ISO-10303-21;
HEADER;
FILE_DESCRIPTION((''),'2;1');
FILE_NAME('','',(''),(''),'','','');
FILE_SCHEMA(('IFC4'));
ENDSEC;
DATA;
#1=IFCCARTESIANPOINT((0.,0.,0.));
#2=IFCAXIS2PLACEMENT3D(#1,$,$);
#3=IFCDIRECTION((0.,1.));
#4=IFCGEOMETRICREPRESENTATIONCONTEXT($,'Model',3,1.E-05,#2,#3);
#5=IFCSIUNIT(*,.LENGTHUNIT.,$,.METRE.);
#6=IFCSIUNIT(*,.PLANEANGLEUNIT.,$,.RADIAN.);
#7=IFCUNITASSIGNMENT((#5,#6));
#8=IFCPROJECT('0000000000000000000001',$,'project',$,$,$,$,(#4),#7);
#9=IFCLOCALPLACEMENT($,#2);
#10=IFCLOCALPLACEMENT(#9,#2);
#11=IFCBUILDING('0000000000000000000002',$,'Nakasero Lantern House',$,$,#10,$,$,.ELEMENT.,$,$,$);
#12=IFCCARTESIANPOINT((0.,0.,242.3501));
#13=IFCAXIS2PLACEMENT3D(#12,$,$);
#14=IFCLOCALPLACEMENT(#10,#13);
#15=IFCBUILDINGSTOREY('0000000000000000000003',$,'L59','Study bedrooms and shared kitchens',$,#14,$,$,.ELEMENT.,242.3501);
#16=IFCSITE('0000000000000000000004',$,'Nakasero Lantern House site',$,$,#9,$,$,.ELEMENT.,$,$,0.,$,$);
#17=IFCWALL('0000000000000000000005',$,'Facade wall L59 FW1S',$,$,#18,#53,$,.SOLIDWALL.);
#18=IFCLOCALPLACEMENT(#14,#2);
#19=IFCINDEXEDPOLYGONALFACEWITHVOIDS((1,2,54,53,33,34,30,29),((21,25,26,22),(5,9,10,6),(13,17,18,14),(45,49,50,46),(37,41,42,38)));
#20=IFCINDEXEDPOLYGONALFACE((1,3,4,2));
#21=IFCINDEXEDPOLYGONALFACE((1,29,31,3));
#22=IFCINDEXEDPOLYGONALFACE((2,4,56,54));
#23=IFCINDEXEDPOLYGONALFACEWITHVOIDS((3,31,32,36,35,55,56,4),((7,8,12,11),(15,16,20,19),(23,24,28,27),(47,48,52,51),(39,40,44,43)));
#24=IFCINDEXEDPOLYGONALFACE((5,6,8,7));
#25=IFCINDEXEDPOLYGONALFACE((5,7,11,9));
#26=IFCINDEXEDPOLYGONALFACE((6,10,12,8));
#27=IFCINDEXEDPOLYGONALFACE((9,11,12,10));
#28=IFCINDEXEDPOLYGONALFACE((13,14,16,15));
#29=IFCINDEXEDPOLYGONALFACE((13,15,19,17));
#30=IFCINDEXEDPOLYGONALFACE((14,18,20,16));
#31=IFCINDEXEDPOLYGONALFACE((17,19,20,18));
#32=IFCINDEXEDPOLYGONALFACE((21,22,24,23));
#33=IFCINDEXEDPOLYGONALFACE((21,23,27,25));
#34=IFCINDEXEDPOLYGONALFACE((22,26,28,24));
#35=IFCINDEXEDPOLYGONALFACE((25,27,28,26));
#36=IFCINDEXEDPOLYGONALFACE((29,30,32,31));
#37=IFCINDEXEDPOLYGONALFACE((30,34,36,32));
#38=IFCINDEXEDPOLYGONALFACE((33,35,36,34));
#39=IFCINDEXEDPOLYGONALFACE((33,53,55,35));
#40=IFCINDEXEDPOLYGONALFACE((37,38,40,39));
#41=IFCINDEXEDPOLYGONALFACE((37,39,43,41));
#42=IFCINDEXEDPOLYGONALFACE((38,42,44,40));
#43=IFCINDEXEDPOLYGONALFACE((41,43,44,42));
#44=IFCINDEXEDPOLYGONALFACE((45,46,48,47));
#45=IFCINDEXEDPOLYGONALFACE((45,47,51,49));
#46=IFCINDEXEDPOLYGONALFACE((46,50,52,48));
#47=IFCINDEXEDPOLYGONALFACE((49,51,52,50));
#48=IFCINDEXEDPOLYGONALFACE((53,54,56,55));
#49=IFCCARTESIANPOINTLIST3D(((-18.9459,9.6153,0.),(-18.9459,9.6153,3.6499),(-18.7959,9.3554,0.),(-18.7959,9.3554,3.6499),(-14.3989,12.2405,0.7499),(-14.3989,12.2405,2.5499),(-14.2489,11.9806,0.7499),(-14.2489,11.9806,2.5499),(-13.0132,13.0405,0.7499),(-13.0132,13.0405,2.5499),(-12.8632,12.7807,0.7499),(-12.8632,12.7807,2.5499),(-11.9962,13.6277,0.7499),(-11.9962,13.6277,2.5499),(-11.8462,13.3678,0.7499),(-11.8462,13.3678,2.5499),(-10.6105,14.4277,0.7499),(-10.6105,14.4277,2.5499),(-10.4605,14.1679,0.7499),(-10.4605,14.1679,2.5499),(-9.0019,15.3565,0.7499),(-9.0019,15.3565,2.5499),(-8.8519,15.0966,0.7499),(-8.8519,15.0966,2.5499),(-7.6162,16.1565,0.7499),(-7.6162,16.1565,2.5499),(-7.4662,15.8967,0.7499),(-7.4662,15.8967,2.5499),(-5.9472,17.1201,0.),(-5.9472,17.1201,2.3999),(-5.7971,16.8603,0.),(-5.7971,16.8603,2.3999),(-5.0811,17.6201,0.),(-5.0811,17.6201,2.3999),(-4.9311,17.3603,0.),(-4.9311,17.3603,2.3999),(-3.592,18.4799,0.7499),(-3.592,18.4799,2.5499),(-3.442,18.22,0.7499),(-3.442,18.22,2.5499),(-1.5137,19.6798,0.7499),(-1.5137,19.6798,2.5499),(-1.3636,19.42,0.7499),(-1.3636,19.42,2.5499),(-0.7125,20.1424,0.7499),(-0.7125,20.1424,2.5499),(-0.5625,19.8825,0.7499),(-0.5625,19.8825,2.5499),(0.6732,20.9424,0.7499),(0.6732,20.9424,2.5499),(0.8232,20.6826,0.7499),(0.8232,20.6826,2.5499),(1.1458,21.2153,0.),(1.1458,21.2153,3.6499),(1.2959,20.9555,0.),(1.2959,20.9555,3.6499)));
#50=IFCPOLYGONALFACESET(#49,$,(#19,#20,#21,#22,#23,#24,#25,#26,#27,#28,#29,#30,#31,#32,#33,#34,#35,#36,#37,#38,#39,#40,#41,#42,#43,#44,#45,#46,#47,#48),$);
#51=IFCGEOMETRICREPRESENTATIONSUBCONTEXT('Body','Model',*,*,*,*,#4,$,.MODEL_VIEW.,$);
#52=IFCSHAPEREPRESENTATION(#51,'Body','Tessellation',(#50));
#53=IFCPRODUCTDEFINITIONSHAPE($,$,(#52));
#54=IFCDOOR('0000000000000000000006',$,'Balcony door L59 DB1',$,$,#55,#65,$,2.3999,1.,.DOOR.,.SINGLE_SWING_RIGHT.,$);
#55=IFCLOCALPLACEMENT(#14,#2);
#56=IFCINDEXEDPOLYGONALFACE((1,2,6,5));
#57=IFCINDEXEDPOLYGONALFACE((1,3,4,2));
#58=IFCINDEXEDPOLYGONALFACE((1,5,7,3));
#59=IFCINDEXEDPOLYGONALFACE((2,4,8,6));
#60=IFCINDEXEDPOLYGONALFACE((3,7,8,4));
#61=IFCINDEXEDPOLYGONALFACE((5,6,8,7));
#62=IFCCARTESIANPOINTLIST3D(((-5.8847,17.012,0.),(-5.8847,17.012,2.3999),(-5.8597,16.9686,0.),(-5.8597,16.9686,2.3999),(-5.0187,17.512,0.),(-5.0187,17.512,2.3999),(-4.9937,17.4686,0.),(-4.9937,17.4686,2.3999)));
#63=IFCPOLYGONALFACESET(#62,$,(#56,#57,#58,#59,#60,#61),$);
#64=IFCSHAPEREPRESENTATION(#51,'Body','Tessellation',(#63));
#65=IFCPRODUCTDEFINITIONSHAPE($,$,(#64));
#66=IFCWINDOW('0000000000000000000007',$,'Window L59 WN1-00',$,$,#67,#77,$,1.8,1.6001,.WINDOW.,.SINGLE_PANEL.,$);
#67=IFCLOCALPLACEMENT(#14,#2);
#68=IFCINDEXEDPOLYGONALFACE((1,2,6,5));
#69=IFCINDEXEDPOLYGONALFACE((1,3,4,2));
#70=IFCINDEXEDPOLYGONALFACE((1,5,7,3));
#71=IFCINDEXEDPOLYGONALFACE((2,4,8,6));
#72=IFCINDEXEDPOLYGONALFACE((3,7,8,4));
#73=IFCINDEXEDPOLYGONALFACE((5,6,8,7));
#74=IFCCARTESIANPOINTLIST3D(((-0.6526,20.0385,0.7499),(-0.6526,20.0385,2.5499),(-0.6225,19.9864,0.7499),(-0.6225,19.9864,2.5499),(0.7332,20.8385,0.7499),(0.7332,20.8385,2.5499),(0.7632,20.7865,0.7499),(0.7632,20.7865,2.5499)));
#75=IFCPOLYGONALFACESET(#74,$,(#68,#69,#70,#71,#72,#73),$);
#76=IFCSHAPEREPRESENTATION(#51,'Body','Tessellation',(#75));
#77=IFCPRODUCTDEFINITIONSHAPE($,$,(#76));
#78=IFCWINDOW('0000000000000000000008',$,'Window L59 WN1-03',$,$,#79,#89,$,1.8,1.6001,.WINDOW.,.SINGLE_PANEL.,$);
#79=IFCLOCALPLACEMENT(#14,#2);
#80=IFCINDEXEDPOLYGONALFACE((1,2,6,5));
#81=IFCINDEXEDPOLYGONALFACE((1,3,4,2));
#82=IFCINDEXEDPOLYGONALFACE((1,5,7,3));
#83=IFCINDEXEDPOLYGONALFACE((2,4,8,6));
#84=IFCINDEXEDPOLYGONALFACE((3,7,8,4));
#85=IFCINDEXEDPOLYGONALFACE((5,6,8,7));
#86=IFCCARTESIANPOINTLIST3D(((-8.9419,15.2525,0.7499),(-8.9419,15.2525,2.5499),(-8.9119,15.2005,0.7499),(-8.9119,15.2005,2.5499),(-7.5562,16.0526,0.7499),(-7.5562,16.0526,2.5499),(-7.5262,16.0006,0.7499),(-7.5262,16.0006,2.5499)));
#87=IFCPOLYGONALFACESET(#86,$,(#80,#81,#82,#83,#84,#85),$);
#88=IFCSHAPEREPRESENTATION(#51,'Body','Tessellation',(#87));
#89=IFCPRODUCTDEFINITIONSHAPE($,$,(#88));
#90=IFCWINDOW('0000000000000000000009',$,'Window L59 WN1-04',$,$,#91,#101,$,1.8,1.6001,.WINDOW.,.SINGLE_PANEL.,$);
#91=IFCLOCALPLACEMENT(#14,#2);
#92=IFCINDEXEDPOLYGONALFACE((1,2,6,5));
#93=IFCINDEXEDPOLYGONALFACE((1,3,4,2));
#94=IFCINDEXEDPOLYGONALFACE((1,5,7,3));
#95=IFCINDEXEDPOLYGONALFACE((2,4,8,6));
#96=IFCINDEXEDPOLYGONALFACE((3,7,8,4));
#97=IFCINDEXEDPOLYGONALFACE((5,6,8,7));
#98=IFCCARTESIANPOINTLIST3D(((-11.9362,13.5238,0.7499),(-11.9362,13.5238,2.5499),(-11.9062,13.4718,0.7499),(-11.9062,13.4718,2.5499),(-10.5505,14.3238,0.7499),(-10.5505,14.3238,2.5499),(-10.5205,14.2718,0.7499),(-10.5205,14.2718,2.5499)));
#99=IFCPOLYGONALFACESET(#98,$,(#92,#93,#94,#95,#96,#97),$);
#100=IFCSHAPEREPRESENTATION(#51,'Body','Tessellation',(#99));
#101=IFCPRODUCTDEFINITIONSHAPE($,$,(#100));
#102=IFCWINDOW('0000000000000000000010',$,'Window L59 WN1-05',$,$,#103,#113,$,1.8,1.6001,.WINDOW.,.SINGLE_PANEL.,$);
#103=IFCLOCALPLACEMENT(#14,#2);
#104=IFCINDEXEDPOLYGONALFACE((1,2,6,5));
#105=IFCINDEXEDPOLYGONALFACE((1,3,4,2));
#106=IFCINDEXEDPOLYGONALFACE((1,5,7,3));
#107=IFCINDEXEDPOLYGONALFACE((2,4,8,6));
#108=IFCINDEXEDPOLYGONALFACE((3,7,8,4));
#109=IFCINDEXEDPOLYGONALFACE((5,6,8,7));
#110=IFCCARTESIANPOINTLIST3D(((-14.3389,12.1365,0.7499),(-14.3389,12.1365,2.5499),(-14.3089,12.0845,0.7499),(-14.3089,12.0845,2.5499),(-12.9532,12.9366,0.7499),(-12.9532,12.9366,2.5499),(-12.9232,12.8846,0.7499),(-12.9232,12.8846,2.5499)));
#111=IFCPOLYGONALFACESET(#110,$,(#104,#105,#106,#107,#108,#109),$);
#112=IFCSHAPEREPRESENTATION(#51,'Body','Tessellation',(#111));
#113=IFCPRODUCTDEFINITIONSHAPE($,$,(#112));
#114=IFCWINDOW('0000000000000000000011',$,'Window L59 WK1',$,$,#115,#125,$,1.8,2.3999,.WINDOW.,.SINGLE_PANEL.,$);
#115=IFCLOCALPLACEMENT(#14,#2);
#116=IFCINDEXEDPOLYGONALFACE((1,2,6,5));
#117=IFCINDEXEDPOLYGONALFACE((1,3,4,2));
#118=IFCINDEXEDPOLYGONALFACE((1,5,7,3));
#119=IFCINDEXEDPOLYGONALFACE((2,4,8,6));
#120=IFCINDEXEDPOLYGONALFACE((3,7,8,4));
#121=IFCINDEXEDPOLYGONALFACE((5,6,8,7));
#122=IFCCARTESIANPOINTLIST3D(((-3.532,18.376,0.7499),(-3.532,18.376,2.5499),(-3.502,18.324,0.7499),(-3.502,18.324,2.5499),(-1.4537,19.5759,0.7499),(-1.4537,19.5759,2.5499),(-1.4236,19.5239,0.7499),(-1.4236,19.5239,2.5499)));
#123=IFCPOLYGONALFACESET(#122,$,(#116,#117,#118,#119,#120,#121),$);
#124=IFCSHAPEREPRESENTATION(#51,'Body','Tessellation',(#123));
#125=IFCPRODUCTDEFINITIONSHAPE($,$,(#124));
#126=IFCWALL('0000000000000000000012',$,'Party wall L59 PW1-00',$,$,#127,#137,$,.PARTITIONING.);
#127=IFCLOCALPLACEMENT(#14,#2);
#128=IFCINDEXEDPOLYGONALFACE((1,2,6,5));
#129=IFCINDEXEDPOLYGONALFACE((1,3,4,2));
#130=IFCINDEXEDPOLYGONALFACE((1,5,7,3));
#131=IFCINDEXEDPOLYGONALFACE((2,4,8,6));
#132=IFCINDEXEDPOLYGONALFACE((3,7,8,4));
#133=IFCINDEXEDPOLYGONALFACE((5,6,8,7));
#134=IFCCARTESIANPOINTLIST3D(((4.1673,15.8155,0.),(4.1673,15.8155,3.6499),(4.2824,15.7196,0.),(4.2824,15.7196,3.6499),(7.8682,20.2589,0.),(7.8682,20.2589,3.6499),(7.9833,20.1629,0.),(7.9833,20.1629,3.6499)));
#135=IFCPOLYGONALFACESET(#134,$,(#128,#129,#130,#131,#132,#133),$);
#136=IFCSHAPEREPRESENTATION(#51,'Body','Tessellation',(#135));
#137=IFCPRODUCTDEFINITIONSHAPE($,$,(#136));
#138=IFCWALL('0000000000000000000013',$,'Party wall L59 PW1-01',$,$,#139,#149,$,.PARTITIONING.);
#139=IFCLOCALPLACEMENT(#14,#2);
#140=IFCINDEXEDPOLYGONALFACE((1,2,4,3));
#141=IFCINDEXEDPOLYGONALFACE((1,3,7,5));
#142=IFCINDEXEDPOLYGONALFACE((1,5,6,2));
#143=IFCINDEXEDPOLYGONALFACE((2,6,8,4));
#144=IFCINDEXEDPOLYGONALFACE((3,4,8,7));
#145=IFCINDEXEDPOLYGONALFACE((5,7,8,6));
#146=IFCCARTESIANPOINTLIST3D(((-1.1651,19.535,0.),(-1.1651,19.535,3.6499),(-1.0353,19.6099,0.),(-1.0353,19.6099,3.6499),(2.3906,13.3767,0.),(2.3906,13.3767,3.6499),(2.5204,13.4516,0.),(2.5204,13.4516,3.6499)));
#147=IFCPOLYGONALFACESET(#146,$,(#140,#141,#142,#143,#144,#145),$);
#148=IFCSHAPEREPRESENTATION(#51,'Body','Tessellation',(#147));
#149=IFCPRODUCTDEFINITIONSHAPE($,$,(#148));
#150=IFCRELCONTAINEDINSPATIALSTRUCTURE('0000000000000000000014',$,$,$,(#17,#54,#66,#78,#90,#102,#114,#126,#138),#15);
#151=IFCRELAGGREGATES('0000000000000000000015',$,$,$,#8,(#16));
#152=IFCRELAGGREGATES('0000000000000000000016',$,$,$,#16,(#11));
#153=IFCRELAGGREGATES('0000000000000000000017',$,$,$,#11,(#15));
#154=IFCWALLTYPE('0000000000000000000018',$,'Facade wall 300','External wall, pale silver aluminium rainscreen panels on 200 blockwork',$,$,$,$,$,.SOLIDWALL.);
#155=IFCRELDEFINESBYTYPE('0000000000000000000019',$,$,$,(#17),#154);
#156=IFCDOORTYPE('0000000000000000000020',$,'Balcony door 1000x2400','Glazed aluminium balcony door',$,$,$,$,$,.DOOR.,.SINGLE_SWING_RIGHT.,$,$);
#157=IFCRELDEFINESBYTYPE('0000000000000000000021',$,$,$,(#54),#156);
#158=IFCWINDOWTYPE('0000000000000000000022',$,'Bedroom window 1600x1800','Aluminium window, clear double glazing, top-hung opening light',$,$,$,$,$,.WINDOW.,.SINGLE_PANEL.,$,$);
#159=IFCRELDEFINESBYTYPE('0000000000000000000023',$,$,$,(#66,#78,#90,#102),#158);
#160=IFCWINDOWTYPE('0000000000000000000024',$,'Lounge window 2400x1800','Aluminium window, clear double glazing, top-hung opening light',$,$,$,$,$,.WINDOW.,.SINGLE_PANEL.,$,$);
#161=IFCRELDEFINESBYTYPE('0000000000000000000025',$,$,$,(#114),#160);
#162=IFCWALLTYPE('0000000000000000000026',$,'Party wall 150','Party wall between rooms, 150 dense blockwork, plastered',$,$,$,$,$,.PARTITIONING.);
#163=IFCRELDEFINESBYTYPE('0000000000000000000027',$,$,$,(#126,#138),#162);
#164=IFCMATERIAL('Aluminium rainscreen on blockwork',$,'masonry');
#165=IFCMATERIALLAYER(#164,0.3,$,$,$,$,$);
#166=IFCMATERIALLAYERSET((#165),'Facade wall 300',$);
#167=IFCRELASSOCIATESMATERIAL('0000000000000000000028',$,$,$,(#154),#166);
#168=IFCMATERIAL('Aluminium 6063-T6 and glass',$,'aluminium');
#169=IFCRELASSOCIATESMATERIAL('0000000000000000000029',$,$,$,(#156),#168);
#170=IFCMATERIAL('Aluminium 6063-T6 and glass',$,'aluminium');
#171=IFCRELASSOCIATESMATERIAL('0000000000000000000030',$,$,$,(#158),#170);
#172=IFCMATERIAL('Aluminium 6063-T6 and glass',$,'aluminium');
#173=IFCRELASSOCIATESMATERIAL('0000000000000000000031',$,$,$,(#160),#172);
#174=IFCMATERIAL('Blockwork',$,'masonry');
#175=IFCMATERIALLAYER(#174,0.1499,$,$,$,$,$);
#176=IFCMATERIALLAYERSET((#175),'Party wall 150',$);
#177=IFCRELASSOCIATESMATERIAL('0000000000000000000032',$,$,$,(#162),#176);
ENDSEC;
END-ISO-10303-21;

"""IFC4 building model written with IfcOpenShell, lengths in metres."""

from ifc_helpers import new_model, si_unit, direction, frame, frame_2d, origin, place, context, subcontext, project, spatial, rectangle, extrude, material, layer, layer_set, type_object, element, fill, save


model = new_model("IFC4")

# Units and contexts
model_context = context("Model", 3, precision=1e-05, world=origin(), true_north=direction((0.0, 1.0)))
body_context = subcontext(model_context, "Body", "Model", "MODEL_VIEW")
ifc_project = project(units=[si_unit("LENGTHUNIT", "METRE"), si_unit("PLANEANGLEUNIT", "RADIAN")], contexts=[model_context])

# Site, building, storey
site_placement = place(None, origin())
site = spatial("IfcSite", under=ifc_project, at=site_placement, Name="Nakasero Lantern House site", CompositionType="ELEMENT", RefElevation=0.0)
building_placement = place(site_placement, origin())
building = spatial("IfcBuilding", under=site, at=building_placement, Name="Nakasero Lantern House", CompositionType="ELEMENT")
storey_placement = place(building_placement, frame((0.0, 0.0, 242.3501)))
storey = spatial("IfcBuildingStorey", under=building, at=storey_placement, Name="L59", Description="Study bedrooms and shared kitchens", CompositionType="ELEMENT", Elevation=242.3501)

# Shared definitions
ifc_material_1 = material(Name="Aluminium rainscreen on blockwork", Category="masonry")
ifc_layer_1 = layer(ifc_material_1, 0.3)
ifc_layer_set_1 = layer_set([ifc_layer_1], Name="Facade wall 300")
wall_type_1 = type_object("IfcWallType", Name="Facade wall 300", Description="External wall, pale silver aluminium rainscreen panels on 200 blockwork", PredefinedType="SOLIDWALL", material=ifc_layer_set_1)

# Wall, openings, door, windows
wall_1_placement = place(storey_placement, frame((1.2209, 21.0854, 0.0), z_axis=(0.0, 0.0, 1.0), x_axis=(-0.866024, -0.500003, 0.0)))
wall_1 = element("IfcWall", 1, at=wall_1_placement, inside=storey, type_object=wall_type_1, Name="Facade wall L59 FW1S", PredefinedType="SOLIDWALL", context=body_context, shape_type="SweptSolid", body=[
    extrude(rectangle(XDim=23.2, YDim=0.3, at=frame_2d((11.6001, 0.0))), origin(), (0.0, 0.0, 1.0), 3.6499),
])
opening_1_placement = place(wall_1_placement, frame((0.5459, 0.0, 0.75)))
opening_1 = element("IfcOpeningElement", 2, at=opening_1_placement, cuts=wall_1, PredefinedType="OPENING", context=body_context, shape_type="SweptSolid", body=[
    extrude(rectangle(XDim=1.6001, YDim=1.8, at=frame_2d((0.8, 0.8999))), frame((0.0, 0.1699, 0.0), z_axis=(0.0, -1.0, 0.0), x_axis=(1.0, 0.0, 0.0)), (0.0, 0.0, 1.0), 0.3401),
])
opening_2_placement = place(wall_1_placement, frame((10.1177, 0.0, 0.75)))
opening_2 = element("IfcOpeningElement", 3, at=opening_2_placement, cuts=wall_1, PredefinedType="OPENING", context=body_context, shape_type="SweptSolid", body=[
    extrude(rectangle(XDim=1.6001, YDim=1.8, at=frame_2d((0.8, 0.8999))), frame((0.0, 0.1699, 0.0), z_axis=(0.0, -1.0, 0.0), x_axis=(1.0, 0.0, 0.0)), (0.0, 0.0, 1.0), 0.3401),
])
opening_3_placement = place(wall_1_placement, frame((13.5752, 0.0, 0.75)))
opening_3 = element("IfcOpeningElement", 4, at=opening_3_placement, cuts=wall_1, PredefinedType="OPENING", context=body_context, shape_type="SweptSolid", body=[
    extrude(rectangle(XDim=1.6001, YDim=1.8, at=frame_2d((0.8, 0.8999))), frame((0.0, 0.1699, 0.0), z_axis=(0.0, -1.0, 0.0), x_axis=(1.0, 0.0, 0.0)), (0.0, 0.0, 1.0), 0.3401),
])
opening_4_placement = place(wall_1_placement, frame((16.3496, 0.0, 0.75)))
opening_4 = element("IfcOpeningElement", 5, at=opening_4_placement, cuts=wall_1, PredefinedType="OPENING", context=body_context, shape_type="SweptSolid", body=[
    extrude(rectangle(XDim=1.6001, YDim=1.8, at=frame_2d((0.8, 0.8999))), frame((0.0, 0.1699, 0.0), z_axis=(0.0, -1.0, 0.0), x_axis=(1.0, 0.0, 0.0)), (0.0, 0.0, 1.0), 0.3401),
])
opening_5_placement = place(wall_1_placement, frame((3.071, 0.0, 0.75)))
opening_5 = element("IfcOpeningElement", 6, at=opening_5_placement, cuts=wall_1, PredefinedType="OPENING", context=body_context, shape_type="SweptSolid", body=[
    extrude(rectangle(XDim=2.3999, YDim=1.8, at=frame_2d((1.2, 0.8999))), frame((0.0, 0.1699, 0.0), z_axis=(0.0, -1.0, 0.0), x_axis=(1.0, 0.0, 0.0)), (0.0, 0.0, 1.0), 0.3401),
])
opening_6_placement = place(wall_1_placement, frame((7.1904, 0.0, 0.0)))
opening_6 = element("IfcOpeningElement", 7, at=opening_6_placement, cuts=wall_1, PredefinedType="OPENING", context=body_context, shape_type="SweptSolid", body=[
    extrude(rectangle(XDim=1.0, YDim=2.3999, at=frame_2d((0.5, 1.2))), frame((0.0, 0.1699, 0.0), z_axis=(0.0, -1.0, 0.0), x_axis=(1.0, 0.0, 0.0)), (0.0, 0.0, 1.0), 0.3401),
])
ifc_material_2 = material(Name="Aluminium 6063-T6 and glass", Category="aluminium")
door_type_1 = type_object("IfcDoorType", Name="Balcony door 1000x2400", Description="Glazed aluminium balcony door", OperationType="SINGLE_SWING_RIGHT", PredefinedType="DOOR", material=ifc_material_2)
door_1_placement = place(opening_6_placement, origin())
door_1 = element("IfcDoor", 8, at=door_1_placement, inside=storey, type_object=door_type_1, Name="Balcony door L59 DB1", OperationType="SINGLE_SWING_RIGHT", OverallHeight=2.3999, OverallWidth=1.0, PredefinedType="DOOR", context=body_context, shape_type="SweptSolid", body=[
    extrude(rectangle(XDim=1.0, YDim=2.3999, at=frame_2d((0.5, 1.2))), frame((0.0, 0.0249, 0.0), z_axis=(0.0, -1.0, 0.0), x_axis=(1.0, 0.0, 0.0)), (0.0, 0.0, 1.0), 0.05),
])
fill(opening_6, door_1)
ifc_material_3 = material(Name="Aluminium 6063-T6 and glass", Category="aluminium")
window_type_1 = type_object("IfcWindowType", Name="Bedroom window 1600x1800", Description="Aluminium window, clear double glazing, top-hung opening light", PartitioningType="SINGLE_PANEL", PredefinedType="WINDOW", material=ifc_material_3)
window_1_placement = place(opening_1_placement, origin())
window_1 = element("IfcWindow", 9, at=window_1_placement, inside=storey, type_object=window_type_1, Name="Window L59 WN1-00", OverallHeight=1.8, OverallWidth=1.6001, PartitioningType="SINGLE_PANEL", PredefinedType="WINDOW", context=body_context, shape_type="SweptSolid", body=[
    extrude(rectangle(XDim=1.6001, YDim=1.8, at=frame_2d((0.8, 0.8999))), frame((0.0, 0.03, 0.0), z_axis=(0.0, -1.0, 0.0), x_axis=(1.0, 0.0, 0.0)), (0.0, 0.0, 1.0), 0.0601),
])
fill(opening_1, window_1)
window_2_placement = place(opening_2_placement, origin())
window_2 = element("IfcWindow", 10, at=window_2_placement, inside=storey, type_object=window_type_1, Name="Window L59 WN1-03", OverallHeight=1.8, OverallWidth=1.6001, PartitioningType="SINGLE_PANEL", PredefinedType="WINDOW", context=body_context, shape_type="SweptSolid", body=[
    extrude(rectangle(XDim=1.6001, YDim=1.8, at=frame_2d((0.8, 0.8999))), frame((0.0, 0.03, 0.0), z_axis=(0.0, -1.0, 0.0), x_axis=(1.0, 0.0, 0.0)), (0.0, 0.0, 1.0), 0.0601),
])
fill(opening_2, window_2)
window_3_placement = place(opening_3_placement, origin())
window_3 = element("IfcWindow", 11, at=window_3_placement, inside=storey, type_object=window_type_1, Name="Window L59 WN1-04", OverallHeight=1.8, OverallWidth=1.6001, PartitioningType="SINGLE_PANEL", PredefinedType="WINDOW", context=body_context, shape_type="SweptSolid", body=[
    extrude(rectangle(XDim=1.6001, YDim=1.8, at=frame_2d((0.8, 0.8999))), frame((0.0, 0.03, 0.0), z_axis=(0.0, -1.0, 0.0), x_axis=(1.0, 0.0, 0.0)), (0.0, 0.0, 1.0), 0.0601),
])
fill(opening_3, window_3)
window_4_placement = place(opening_4_placement, origin())
window_4 = element("IfcWindow", 12, at=window_4_placement, inside=storey, type_object=window_type_1, Name="Window L59 WN1-05", OverallHeight=1.8, OverallWidth=1.6001, PartitioningType="SINGLE_PANEL", PredefinedType="WINDOW", context=body_context, shape_type="SweptSolid", body=[
    extrude(rectangle(XDim=1.6001, YDim=1.8, at=frame_2d((0.8, 0.8999))), frame((0.0, 0.03, 0.0), z_axis=(0.0, -1.0, 0.0), x_axis=(1.0, 0.0, 0.0)), (0.0, 0.0, 1.0), 0.0601),
])
fill(opening_4, window_4)
ifc_material_4 = material(Name="Aluminium 6063-T6 and glass", Category="aluminium")
window_type_2 = type_object("IfcWindowType", Name="Lounge window 2400x1800", Description="Aluminium window, clear double glazing, top-hung opening light", PartitioningType="SINGLE_PANEL", PredefinedType="WINDOW", material=ifc_material_4)
window_5_placement = place(opening_5_placement, origin())
window_5 = element("IfcWindow", 13, at=window_5_placement, inside=storey, type_object=window_type_2, Name="Window L59 WK1", OverallHeight=1.8, OverallWidth=2.3999, PartitioningType="SINGLE_PANEL", PredefinedType="WINDOW", context=body_context, shape_type="SweptSolid", body=[
    extrude(rectangle(XDim=2.3999, YDim=1.8, at=frame_2d((1.2, 0.8999))), frame((0.0, 0.03, 0.0), z_axis=(0.0, -1.0, 0.0), x_axis=(1.0, 0.0, 0.0)), (0.0, 0.0, 1.0), 0.0601),
])
fill(opening_5, window_5)

# Walls
ifc_material_5 = material(Name="Blockwork", Category="masonry")
ifc_layer_2 = layer(ifc_material_5, 0.1499)
ifc_layer_set_2 = layer_set([ifc_layer_2], Name="Party wall 150")
wall_type_2 = type_object("IfcWallType", Name="Party wall 150", Description="Party wall between rooms, 150 dense blockwork, plastered", PredefinedType="PARTITIONING", material=ifc_layer_set_2)
wall_2_placement = place(storey_placement, frame((4.2249, 15.7676, 0.0), z_axis=(0.0, 0.0, 1.0), x_axis=(0.639993, 0.76838, 0.0)))
element("IfcWall", 14, at=wall_2_placement, inside=storey, type_object=wall_type_2, Name="Party wall L59 PW1-00", PredefinedType="PARTITIONING", context=body_context, shape_type="SweptSolid", body=[
    extrude(rectangle(XDim=5.7827, YDim=0.1499, at=frame_2d((2.8914, 0.0))), origin(), (0.0, 0.0, 1.0), 3.6499),
])
wall_3_placement = place(storey_placement, frame((2.4556, 13.4141, 0.0), z_axis=(0.0, 0.0, 1.0), x_axis=(-0.500024, 0.866012, 0.0)))
element("IfcWall", 15, at=wall_3_placement, inside=storey, type_object=wall_type_2, Name="Party wall L59 PW1-01", PredefinedType="PARTITIONING", context=body_context, shape_type="SweptSolid", body=[
    extrude(rectangle(XDim=7.1111, YDim=0.1499, at=frame_2d((3.5557, 0.0))), origin(), (0.0, 0.0, 1.0), 3.6499),
])

save(model, "model.ifc")
